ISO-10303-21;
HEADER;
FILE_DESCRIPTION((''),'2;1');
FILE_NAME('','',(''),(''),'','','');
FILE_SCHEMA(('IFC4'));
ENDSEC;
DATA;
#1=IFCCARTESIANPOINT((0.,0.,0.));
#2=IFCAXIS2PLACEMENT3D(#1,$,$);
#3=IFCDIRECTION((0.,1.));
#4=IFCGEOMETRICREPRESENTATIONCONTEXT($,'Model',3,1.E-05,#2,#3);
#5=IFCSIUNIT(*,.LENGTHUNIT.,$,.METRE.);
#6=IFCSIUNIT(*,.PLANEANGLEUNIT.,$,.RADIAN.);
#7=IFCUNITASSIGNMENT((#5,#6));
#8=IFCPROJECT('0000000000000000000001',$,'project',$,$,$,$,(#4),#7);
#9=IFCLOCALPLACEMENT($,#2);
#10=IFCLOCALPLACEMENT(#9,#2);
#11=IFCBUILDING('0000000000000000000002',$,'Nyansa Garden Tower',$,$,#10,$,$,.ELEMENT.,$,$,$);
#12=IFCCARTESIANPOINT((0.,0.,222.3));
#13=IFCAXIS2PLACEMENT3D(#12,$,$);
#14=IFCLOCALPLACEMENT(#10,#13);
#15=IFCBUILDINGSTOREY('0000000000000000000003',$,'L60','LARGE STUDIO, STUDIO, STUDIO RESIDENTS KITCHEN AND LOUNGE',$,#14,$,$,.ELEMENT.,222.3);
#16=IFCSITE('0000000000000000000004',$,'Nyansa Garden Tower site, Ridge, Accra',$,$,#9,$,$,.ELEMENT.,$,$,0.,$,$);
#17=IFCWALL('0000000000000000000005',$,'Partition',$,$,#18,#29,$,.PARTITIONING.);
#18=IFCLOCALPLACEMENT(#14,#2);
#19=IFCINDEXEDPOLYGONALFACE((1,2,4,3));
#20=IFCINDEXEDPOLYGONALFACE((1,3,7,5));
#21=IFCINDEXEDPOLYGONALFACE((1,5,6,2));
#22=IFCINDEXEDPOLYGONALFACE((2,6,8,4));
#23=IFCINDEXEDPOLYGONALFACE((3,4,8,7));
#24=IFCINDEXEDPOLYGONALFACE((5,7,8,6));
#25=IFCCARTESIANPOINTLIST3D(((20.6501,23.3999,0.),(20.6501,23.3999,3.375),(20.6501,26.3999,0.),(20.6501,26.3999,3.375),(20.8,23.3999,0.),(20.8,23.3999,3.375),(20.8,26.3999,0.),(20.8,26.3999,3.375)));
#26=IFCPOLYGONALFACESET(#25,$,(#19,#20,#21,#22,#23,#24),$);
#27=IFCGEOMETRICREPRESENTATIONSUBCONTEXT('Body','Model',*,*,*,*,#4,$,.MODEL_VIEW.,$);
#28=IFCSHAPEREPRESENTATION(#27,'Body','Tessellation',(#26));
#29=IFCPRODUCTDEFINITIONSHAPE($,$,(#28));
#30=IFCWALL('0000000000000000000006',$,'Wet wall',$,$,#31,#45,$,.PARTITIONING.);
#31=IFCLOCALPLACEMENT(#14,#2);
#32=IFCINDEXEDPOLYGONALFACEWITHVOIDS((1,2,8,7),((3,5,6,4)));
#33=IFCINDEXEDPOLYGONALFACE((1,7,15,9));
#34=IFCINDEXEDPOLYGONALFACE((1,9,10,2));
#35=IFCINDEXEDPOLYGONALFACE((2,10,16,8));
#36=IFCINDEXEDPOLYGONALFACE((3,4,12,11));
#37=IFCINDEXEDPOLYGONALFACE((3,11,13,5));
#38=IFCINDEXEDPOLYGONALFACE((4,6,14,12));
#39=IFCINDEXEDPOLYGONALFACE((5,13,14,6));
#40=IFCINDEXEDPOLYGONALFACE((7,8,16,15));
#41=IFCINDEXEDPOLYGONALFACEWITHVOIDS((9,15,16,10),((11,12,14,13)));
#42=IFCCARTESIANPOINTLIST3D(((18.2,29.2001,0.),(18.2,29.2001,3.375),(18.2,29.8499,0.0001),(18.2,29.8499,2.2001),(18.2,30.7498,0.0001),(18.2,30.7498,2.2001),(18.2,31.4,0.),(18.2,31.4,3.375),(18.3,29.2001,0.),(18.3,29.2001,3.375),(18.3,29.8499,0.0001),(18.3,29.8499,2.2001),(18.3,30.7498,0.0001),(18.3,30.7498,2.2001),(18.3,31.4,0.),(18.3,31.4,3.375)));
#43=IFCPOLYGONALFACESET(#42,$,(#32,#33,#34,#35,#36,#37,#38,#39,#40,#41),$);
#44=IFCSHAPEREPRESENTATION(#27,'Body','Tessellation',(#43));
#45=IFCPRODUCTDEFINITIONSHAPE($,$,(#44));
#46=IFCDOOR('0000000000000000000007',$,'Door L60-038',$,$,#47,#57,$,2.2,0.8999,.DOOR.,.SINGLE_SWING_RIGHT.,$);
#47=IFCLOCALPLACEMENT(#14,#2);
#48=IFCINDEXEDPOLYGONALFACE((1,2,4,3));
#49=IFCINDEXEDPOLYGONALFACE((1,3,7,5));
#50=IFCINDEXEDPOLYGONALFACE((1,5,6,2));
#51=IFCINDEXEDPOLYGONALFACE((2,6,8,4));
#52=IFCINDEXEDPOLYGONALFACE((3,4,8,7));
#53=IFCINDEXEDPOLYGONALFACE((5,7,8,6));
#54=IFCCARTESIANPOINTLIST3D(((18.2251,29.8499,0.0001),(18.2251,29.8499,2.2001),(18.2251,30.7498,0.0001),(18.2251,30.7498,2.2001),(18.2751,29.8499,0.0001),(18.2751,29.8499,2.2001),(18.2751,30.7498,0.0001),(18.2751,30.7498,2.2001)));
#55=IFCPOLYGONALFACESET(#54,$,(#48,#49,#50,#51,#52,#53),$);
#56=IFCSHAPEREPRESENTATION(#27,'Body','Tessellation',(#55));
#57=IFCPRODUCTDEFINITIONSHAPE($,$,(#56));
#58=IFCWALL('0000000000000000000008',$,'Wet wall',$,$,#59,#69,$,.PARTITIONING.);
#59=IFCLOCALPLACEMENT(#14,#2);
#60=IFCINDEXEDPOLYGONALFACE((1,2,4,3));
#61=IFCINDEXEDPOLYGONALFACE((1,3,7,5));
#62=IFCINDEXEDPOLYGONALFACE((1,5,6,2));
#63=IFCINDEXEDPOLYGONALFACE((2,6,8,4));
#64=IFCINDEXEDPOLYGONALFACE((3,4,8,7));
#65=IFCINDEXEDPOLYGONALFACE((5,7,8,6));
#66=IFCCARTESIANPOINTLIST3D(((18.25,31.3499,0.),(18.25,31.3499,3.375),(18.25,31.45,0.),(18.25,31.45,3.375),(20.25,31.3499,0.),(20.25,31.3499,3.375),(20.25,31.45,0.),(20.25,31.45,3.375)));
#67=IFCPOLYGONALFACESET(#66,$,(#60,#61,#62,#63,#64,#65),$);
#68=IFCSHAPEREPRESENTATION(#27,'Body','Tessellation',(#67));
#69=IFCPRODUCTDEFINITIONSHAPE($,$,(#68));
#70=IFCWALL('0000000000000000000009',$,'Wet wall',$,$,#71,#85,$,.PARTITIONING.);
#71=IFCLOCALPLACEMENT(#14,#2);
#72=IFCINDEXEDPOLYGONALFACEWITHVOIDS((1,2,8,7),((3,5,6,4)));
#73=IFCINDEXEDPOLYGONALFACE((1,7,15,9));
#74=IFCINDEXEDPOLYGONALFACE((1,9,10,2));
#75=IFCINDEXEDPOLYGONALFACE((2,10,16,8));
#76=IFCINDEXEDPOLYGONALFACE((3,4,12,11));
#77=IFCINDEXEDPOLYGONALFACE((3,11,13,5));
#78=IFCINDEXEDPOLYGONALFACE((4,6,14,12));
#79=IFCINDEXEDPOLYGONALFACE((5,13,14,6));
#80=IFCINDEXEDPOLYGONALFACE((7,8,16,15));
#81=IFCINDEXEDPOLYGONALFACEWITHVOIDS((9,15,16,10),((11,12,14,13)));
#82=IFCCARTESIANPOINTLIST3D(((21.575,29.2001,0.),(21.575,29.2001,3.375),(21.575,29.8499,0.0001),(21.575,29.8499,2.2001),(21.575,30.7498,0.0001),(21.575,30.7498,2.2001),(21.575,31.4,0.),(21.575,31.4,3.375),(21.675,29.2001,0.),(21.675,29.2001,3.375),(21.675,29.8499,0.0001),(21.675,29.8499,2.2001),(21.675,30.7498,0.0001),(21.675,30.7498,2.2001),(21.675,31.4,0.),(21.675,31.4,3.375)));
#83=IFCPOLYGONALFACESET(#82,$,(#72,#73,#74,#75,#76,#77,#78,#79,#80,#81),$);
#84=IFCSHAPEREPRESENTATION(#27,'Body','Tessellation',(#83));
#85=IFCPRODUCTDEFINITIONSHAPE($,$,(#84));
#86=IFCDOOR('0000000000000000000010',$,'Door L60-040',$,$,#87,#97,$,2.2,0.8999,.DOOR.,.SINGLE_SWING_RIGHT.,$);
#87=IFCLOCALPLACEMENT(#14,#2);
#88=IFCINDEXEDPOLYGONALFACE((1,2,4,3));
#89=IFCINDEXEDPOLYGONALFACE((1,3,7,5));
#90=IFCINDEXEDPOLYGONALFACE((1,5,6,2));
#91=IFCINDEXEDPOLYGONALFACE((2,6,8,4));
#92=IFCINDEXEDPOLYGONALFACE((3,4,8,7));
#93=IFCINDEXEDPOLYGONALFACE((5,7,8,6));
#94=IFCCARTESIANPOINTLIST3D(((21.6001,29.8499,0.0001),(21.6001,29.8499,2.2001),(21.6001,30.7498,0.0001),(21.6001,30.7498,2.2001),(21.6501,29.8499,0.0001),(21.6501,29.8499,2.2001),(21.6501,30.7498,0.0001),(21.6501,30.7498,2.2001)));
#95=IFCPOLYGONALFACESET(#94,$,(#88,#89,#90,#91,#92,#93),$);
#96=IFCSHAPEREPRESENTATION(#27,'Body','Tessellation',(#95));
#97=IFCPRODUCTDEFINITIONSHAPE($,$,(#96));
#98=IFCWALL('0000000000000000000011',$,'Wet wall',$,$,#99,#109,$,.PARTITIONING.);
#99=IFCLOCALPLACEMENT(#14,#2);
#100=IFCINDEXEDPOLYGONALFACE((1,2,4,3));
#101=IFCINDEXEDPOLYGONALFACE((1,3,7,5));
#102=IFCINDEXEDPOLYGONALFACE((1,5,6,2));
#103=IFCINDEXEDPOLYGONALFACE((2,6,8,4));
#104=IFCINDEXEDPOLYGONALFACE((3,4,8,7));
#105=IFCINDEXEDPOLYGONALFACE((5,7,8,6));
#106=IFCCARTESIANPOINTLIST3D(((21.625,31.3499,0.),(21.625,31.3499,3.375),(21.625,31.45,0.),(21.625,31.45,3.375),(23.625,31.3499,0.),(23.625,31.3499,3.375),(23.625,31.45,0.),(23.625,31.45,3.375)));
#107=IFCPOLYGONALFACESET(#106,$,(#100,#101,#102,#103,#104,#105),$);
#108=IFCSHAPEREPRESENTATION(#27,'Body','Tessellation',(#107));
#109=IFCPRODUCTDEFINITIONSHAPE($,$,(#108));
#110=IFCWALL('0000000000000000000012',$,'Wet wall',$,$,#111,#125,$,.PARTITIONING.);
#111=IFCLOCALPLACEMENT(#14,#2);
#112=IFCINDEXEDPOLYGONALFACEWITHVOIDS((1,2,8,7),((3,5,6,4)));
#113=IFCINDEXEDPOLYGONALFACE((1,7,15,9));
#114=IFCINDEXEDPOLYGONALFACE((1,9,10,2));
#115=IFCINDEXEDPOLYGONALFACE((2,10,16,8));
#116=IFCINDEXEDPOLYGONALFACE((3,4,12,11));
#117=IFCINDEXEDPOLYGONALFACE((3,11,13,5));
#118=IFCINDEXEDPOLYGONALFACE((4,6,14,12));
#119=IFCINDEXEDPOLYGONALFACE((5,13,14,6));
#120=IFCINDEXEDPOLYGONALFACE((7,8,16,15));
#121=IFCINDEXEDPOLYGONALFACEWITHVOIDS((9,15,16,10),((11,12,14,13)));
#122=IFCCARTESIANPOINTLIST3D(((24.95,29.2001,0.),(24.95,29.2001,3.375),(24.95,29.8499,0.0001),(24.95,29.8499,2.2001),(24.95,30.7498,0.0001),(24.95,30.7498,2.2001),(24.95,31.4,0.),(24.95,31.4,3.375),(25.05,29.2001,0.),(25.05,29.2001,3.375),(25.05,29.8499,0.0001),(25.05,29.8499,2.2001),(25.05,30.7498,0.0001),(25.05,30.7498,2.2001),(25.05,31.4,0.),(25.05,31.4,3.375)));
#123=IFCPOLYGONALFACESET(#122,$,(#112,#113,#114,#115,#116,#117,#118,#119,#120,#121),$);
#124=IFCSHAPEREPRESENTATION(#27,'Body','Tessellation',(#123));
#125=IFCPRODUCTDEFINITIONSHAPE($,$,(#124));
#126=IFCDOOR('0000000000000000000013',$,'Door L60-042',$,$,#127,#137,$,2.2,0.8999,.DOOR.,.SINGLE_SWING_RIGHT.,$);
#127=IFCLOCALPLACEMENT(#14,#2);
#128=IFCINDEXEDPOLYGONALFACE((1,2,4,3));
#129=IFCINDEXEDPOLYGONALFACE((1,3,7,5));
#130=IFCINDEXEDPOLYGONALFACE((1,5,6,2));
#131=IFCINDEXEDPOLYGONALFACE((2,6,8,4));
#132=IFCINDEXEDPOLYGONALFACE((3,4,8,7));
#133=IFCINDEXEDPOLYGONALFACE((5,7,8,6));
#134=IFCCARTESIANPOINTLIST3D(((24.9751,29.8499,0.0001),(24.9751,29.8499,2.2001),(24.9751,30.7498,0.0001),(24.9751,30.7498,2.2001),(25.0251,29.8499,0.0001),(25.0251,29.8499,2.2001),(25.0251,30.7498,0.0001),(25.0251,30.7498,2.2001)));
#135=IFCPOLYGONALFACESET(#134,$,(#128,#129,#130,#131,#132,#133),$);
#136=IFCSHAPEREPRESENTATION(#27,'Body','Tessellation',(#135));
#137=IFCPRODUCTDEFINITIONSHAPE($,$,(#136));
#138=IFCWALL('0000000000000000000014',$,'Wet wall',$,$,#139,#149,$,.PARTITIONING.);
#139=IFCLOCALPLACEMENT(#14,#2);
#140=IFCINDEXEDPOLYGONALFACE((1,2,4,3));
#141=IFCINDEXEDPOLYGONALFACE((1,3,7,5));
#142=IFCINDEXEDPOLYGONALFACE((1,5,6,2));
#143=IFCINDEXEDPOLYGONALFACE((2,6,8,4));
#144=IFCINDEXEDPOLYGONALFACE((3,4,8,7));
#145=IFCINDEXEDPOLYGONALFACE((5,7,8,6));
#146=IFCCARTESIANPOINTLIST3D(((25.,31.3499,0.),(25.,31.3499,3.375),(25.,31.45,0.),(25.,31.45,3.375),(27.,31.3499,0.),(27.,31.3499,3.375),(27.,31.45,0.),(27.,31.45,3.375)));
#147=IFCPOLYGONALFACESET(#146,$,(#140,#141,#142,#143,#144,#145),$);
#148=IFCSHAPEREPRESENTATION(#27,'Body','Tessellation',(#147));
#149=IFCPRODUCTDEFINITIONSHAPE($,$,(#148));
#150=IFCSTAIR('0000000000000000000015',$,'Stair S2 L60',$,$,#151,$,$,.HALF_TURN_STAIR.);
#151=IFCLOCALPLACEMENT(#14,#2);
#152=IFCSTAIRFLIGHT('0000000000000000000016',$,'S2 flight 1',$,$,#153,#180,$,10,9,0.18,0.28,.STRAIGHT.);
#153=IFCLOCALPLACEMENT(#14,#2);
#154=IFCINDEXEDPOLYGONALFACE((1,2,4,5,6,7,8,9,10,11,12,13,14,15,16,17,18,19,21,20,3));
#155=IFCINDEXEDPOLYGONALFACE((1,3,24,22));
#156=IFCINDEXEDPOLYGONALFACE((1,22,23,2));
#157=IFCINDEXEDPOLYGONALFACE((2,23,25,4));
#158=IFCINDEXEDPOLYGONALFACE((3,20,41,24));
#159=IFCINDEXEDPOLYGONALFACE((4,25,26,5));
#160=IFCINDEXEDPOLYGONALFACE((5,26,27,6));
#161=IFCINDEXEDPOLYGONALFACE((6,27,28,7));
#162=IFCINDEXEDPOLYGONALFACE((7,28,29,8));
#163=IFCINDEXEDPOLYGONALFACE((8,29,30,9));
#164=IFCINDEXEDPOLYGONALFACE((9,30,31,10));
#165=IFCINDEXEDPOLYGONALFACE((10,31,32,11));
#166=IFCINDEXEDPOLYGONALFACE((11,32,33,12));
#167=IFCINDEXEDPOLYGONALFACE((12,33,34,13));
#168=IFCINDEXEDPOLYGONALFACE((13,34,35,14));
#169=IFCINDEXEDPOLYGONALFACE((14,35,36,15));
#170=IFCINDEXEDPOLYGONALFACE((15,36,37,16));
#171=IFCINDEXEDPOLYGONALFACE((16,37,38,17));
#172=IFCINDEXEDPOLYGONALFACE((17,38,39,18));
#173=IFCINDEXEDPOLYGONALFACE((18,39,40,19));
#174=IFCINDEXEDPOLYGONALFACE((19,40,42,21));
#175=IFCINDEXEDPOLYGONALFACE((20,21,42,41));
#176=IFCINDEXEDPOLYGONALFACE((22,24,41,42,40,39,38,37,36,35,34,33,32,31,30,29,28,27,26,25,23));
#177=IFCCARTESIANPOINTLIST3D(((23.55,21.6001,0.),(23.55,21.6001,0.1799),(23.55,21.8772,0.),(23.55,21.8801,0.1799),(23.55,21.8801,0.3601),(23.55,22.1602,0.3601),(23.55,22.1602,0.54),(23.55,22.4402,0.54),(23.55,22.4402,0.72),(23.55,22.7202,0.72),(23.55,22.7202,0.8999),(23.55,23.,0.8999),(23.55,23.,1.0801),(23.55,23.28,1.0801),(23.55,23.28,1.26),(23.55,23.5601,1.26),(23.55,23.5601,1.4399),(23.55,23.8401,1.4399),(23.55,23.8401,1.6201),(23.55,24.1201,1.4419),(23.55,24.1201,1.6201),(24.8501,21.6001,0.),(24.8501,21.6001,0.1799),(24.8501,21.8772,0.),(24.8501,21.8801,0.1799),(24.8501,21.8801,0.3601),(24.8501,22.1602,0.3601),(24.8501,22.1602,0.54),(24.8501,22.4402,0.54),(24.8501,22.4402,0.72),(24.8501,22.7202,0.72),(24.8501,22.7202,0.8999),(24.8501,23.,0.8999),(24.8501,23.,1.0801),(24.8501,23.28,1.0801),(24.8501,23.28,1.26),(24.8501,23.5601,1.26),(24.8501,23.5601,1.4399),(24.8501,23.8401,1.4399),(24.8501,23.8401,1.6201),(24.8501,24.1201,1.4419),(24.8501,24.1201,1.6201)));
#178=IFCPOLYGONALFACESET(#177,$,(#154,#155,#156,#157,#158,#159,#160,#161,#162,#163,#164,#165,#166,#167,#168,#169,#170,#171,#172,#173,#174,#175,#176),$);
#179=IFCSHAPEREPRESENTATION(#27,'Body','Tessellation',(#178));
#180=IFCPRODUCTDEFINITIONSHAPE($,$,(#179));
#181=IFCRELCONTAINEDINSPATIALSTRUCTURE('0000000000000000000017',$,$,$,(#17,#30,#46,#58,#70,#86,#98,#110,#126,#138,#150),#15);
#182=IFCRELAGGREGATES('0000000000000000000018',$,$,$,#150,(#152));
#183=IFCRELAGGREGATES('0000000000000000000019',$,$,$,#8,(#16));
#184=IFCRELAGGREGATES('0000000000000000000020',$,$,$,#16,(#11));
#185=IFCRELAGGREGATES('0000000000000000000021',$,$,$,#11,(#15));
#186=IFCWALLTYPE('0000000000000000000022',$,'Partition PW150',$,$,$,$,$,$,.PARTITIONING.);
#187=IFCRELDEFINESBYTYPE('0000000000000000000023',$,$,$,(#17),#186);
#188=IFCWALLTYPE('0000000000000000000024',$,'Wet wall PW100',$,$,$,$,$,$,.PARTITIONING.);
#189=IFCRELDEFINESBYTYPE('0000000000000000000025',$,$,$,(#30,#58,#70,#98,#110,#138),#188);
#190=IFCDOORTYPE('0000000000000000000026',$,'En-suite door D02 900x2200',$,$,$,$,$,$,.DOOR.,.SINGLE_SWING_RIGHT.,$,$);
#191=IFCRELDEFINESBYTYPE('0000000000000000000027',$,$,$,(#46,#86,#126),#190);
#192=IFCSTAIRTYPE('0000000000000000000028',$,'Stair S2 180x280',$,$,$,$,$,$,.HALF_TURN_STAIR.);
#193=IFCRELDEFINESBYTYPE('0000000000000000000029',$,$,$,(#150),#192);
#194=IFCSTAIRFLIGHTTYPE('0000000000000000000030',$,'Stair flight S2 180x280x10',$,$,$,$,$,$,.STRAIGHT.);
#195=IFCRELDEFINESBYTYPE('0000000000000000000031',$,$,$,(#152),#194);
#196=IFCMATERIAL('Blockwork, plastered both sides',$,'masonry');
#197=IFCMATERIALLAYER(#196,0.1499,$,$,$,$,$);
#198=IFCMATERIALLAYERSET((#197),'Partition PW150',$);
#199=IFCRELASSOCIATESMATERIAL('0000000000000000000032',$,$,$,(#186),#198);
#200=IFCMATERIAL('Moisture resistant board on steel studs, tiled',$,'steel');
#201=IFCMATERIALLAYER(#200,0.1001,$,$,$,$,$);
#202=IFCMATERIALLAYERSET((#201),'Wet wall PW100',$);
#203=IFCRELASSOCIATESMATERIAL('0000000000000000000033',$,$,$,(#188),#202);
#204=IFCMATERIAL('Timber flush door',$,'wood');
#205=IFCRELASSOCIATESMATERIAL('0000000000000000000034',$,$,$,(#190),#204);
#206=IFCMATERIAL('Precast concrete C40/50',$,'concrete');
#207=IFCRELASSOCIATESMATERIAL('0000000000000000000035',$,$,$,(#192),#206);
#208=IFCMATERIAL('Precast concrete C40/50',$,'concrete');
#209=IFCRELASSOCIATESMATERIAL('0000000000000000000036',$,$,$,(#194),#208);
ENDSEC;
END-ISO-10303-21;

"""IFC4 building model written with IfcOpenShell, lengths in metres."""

from ifc_helpers import new_model, si_unit, direction, frame, frame_2d, origin, place, context, subcontext, project, spatial, polyline, rectangle, outline, extrude, material, layer, layer_set, type_object, element, fill, aggregate, save


model = new_model("IFC4")

# Units and contexts
model_context = context("Model", 3, precision=1e-05, world=origin(), true_north=direction((0.0, 1.0)))
body_context = subcontext(model_context, "Body", "Model", "MODEL_VIEW")
ifc_project = project(units=[si_unit("LENGTHUNIT", "METRE"), si_unit("PLANEANGLEUNIT", "RADIAN")], contexts=[model_context])

# Site, building, storey
site_placement = place(None, origin())
site = spatial("IfcSite", under=ifc_project, at=site_placement, Name="Nyansa Garden Tower site, Ridge, Accra", CompositionType="ELEMENT", RefElevation=0.0)
building_placement = place(site_placement, origin())
building = spatial("IfcBuilding", under=site, at=building_placement, Name="Nyansa Garden Tower", CompositionType="ELEMENT")
storey_placement = place(building_placement, frame((0.0, 0.0, 222.3)))
storey = spatial("IfcBuildingStorey", under=building, at=storey_placement, Name="L60", Description="LARGE STUDIO, STUDIO, STUDIO RESIDENTS KITCHEN AND LOUNGE", CompositionType="ELEMENT", Elevation=222.3)

# Wall
ifc_material_1 = material(Name="Blockwork, plastered both sides", Category="masonry")
ifc_layer_1 = layer(ifc_material_1, 0.1499)
ifc_layer_set_1 = layer_set([ifc_layer_1], Name="Partition PW150")
wall_type_1 = type_object("IfcWallType", Name="Partition PW150", PredefinedType="PARTITIONING", material=ifc_layer_set_1)
wall_1_placement = place(storey_placement, frame((20.7251, 23.3999, 0.0), z_axis=(0.0, 0.0, 1.0), x_axis=(0.0, 1.0, 0.0)))
element("IfcWall", 1, at=wall_1_placement, inside=storey, type_object=wall_type_1, Name="Partition", PredefinedType="PARTITIONING", context=body_context, shape_type="SweptSolid", body=[
    extrude(rectangle(XDim=3.0, YDim=0.1499, at=frame_2d((1.5, 0.0))), origin(), (0.0, 0.0, 1.0), 3.375),
])

# Wall, opening, door
ifc_material_2 = material(Name="Moisture resistant board on steel studs, tiled", Category="steel")
ifc_layer_2 = layer(ifc_material_2, 0.1001)
ifc_layer_set_2 = layer_set([ifc_layer_2], Name="Wet wall PW100")
wall_type_2 = type_object("IfcWallType", Name="Wet wall PW100", PredefinedType="PARTITIONING", material=ifc_layer_set_2)
wall_2_placement = place(storey_placement, frame((18.25, 29.2, 0.0), z_axis=(0.0, 0.0, 1.0), x_axis=(0.0, 1.0, 0.0)))
wall_2 = element("IfcWall", 2, at=wall_2_placement, inside=storey, type_object=wall_type_2, Name="Wet wall", PredefinedType="PARTITIONING", context=body_context, shape_type="SweptSolid", body=[
    extrude(rectangle(XDim=2.2, YDim=0.1001, at=frame_2d((1.1001, 0.0))), origin(), (0.0, 0.0, 1.0), 3.375),
])
opening_1_placement = place(wall_2_placement, frame((0.6499, 0.0, 0.0)))
opening_1 = element("IfcOpeningElement", 3, at=opening_1_placement, cuts=wall_2, PredefinedType="OPENING", context=body_context, shape_type="SweptSolid", body=[
    extrude(rectangle(XDim=0.8999, YDim=2.2, at=frame_2d((0.45, 1.1001))), frame((0.0, 0.0601, 0.0), z_axis=(0.0, -1.0, 0.0), x_axis=(1.0, 0.0, 0.0)), (0.0, 0.0, 1.0), 0.1201),
])
ifc_material_3 = material(Name="Timber flush door", Category="wood")
door_type = type_object("IfcDoorType", Name="En-suite door D02 900x2200", OperationType="SINGLE_SWING_RIGHT", PredefinedType="DOOR", material=ifc_material_3)
door_1_placement = place(opening_1_placement, origin())
door_1 = element("IfcDoor", 4, at=door_1_placement, inside=storey, type_object=door_type, Name="Door L60-038", OperationType="SINGLE_SWING_RIGHT", OverallHeight=2.2, OverallWidth=0.8999, PredefinedType="DOOR", context=body_context, shape_type="SweptSolid", body=[
    extrude(rectangle(XDim=0.8999, YDim=2.2, at=frame_2d((0.45, 1.1001))), frame((0.0, 0.0249, 0.0), z_axis=(0.0, -1.0, 0.0), x_axis=(1.0, 0.0, 0.0)), (0.0, 0.0, 1.0), 0.05),
])
fill(opening_1, door_1)

# Wall
wall_3_placement = place(storey_placement, frame((18.25, 31.3999, 0.0), z_axis=(0.0, 0.0, 1.0), x_axis=(1.0, 0.0, 0.0)))
element("IfcWall", 5, at=wall_3_placement, inside=storey, type_object=wall_type_2, Name="Wet wall", PredefinedType="PARTITIONING", context=body_context, shape_type="SweptSolid", body=[
    extrude(rectangle(XDim=2.0, YDim=0.1001, at=frame_2d((1.0, 0.0))), origin(), (0.0, 0.0, 1.0), 3.375),
])

# Wall, opening, door
wall_4_placement = place(storey_placement, frame((21.625, 29.2, 0.0), z_axis=(0.0, 0.0, 1.0), x_axis=(0.0, 1.0, 0.0)))
wall_4 = element("IfcWall", 6, at=wall_4_placement, inside=storey, type_object=wall_type_2, Name="Wet wall", PredefinedType="PARTITIONING", context=body_context, shape_type="SweptSolid", body=[
    extrude(rectangle(XDim=2.2, YDim=0.1001, at=frame_2d((1.1001, 0.0))), origin(), (0.0, 0.0, 1.0), 3.375),
])
opening_2_placement = place(wall_4_placement, frame((0.6499, 0.0, 0.0)))
opening_2 = element("IfcOpeningElement", 7, at=opening_2_placement, cuts=wall_4, PredefinedType="OPENING", context=body_context, shape_type="SweptSolid", body=[
    extrude(rectangle(XDim=0.8999, YDim=2.2, at=frame_2d((0.45, 1.1001))), frame((0.0, 0.0601, 0.0), z_axis=(0.0, -1.0, 0.0), x_axis=(1.0, 0.0, 0.0)), (0.0, 0.0, 1.0), 0.1201),
])
door_2_placement = place(opening_2_placement, origin())
door_2 = element("IfcDoor", 8, at=door_2_placement, inside=storey, type_object=door_type, Name="Door L60-040", OperationType="SINGLE_SWING_RIGHT", OverallHeight=2.2, OverallWidth=0.8999, PredefinedType="DOOR", context=body_context, shape_type="SweptSolid", body=[
    extrude(rectangle(XDim=0.8999, YDim=2.2, at=frame_2d((0.45, 1.1001))), frame((0.0, 0.0249, 0.0), z_axis=(0.0, -1.0, 0.0), x_axis=(1.0, 0.0, 0.0)), (0.0, 0.0, 1.0), 0.05),
])
fill(opening_2, door_2)

# Wall
wall_5_placement = place(storey_placement, frame((21.625, 31.3999, 0.0), z_axis=(0.0, 0.0, 1.0), x_axis=(1.0, 0.0, 0.0)))
element("IfcWall", 9, at=wall_5_placement, inside=storey, type_object=wall_type_2, Name="Wet wall", PredefinedType="PARTITIONING", context=body_context, shape_type="SweptSolid", body=[
    extrude(rectangle(XDim=2.0, YDim=0.1001, at=frame_2d((1.0, 0.0))), origin(), (0.0, 0.0, 1.0), 3.375),
])

# Wall, opening, door
wall_6_placement = place(storey_placement, frame((25.0, 29.2, 0.0), z_axis=(0.0, 0.0, 1.0), x_axis=(0.0, 1.0, 0.0)))
wall_6 = element("IfcWall", 10, at=wall_6_placement, inside=storey, type_object=wall_type_2, Name="Wet wall", PredefinedType="PARTITIONING", context=body_context, shape_type="SweptSolid", body=[
    extrude(rectangle(XDim=2.2, YDim=0.1001, at=frame_2d((1.1001, 0.0))), origin(), (0.0, 0.0, 1.0), 3.375),
])
opening_3_placement = place(wall_6_placement, frame((0.6499, 0.0, 0.0)))
opening_3 = element("IfcOpeningElement", 11, at=opening_3_placement, cuts=wall_6, PredefinedType="OPENING", context=body_context, shape_type="SweptSolid", body=[
    extrude(rectangle(XDim=0.8999, YDim=2.2, at=frame_2d((0.45, 1.1001))), frame((0.0, 0.0601, 0.0), z_axis=(0.0, -1.0, 0.0), x_axis=(1.0, 0.0, 0.0)), (0.0, 0.0, 1.0), 0.1201),
])
door_3_placement = place(opening_3_placement, origin())
door_3 = element("IfcDoor", 12, at=door_3_placement, inside=storey, type_object=door_type, Name="Door L60-042", OperationType="SINGLE_SWING_RIGHT", OverallHeight=2.2, OverallWidth=0.8999, PredefinedType="DOOR", context=body_context, shape_type="SweptSolid", body=[
    extrude(rectangle(XDim=0.8999, YDim=2.2, at=frame_2d((0.45, 1.1001))), frame((0.0, 0.0249, 0.0), z_axis=(0.0, -1.0, 0.0), x_axis=(1.0, 0.0, 0.0)), (0.0, 0.0, 1.0), 0.05),
])
fill(opening_3, door_3)

# Wall
wall_7_placement = place(storey_placement, frame((25.0, 31.3999, 0.0), z_axis=(0.0, 0.0, 1.0), x_axis=(1.0, 0.0, 0.0)))
element("IfcWall", 13, at=wall_7_placement, inside=storey, type_object=wall_type_2, Name="Wet wall", PredefinedType="PARTITIONING", context=body_context, shape_type="SweptSolid", body=[
    extrude(rectangle(XDim=2.0, YDim=0.1001, at=frame_2d((1.0, 0.0))), origin(), (0.0, 0.0, 1.0), 3.375),
])

# Stair, stair flight
ifc_material_4 = material(Name="Precast concrete C40/50", Category="concrete")
stair_type = type_object("IfcStairType", Name="Stair S2 180x280", PredefinedType="HALF_TURN_STAIR", material=ifc_material_4)
stair_placement = place(storey_placement, origin())
stair = element("IfcStair", 14, at=stair_placement, inside=storey, type_object=stair_type, Name="Stair S2 L60", PredefinedType="HALF_TURN_STAIR")
ifc_material_5 = material(Name="Precast concrete C40/50", Category="concrete")
stair_flight_type = type_object("IfcStairFlightType", Name="Stair flight S2 180x280x10", PredefinedType="STRAIGHT", material=ifc_material_5)
stair_flight_1_placement = place(storey_placement, frame((24.2, 21.6001, 0.0), z_axis=(0.0, 0.0, 1.0), x_axis=(0.0, 1.0, 0.0)))
stair_flight_1 = element("IfcStairFlight", 15, at=stair_flight_1_placement, type_object=stair_flight_type, Name="S2 flight 1", NumberOfRisers=10, NumberOfTreads=9, PredefinedType="STRAIGHT", RiserHeight=0.18, TreadLength=0.28, context=body_context, shape_type="SweptSolid", body=[
    extrude(outline(polyline([(0.0, 0.0), (0.0, 0.1799), (0.28, 0.1799), (0.28, 0.3601), (0.5601, 0.3601), (0.5601, 0.54), (0.8401, 0.54), (0.8401, 0.72), (1.1201, 0.72), (1.1201, 0.8999), (1.3999, 0.8999), (1.3999, 1.0801), (1.6799, 1.0801), (1.6799, 1.26), (1.96, 1.26), (1.96, 1.4399), (2.24, 1.4399), (2.24, 1.6201), (2.52, 1.6201), (2.52, 1.8), (2.52, 1.4419), (0.2771, 0.0), (0.0, 0.0)])), frame((0.0, 0.6499, 0.0), z_axis=(0.0, -1.0, 0.0), x_axis=(1.0, 0.0, 0.0)), (0.0, 0.0, 1.0), 1.3),
])
aggregate(stair, [stair_flight_1])

save(model, "model.ifc")
